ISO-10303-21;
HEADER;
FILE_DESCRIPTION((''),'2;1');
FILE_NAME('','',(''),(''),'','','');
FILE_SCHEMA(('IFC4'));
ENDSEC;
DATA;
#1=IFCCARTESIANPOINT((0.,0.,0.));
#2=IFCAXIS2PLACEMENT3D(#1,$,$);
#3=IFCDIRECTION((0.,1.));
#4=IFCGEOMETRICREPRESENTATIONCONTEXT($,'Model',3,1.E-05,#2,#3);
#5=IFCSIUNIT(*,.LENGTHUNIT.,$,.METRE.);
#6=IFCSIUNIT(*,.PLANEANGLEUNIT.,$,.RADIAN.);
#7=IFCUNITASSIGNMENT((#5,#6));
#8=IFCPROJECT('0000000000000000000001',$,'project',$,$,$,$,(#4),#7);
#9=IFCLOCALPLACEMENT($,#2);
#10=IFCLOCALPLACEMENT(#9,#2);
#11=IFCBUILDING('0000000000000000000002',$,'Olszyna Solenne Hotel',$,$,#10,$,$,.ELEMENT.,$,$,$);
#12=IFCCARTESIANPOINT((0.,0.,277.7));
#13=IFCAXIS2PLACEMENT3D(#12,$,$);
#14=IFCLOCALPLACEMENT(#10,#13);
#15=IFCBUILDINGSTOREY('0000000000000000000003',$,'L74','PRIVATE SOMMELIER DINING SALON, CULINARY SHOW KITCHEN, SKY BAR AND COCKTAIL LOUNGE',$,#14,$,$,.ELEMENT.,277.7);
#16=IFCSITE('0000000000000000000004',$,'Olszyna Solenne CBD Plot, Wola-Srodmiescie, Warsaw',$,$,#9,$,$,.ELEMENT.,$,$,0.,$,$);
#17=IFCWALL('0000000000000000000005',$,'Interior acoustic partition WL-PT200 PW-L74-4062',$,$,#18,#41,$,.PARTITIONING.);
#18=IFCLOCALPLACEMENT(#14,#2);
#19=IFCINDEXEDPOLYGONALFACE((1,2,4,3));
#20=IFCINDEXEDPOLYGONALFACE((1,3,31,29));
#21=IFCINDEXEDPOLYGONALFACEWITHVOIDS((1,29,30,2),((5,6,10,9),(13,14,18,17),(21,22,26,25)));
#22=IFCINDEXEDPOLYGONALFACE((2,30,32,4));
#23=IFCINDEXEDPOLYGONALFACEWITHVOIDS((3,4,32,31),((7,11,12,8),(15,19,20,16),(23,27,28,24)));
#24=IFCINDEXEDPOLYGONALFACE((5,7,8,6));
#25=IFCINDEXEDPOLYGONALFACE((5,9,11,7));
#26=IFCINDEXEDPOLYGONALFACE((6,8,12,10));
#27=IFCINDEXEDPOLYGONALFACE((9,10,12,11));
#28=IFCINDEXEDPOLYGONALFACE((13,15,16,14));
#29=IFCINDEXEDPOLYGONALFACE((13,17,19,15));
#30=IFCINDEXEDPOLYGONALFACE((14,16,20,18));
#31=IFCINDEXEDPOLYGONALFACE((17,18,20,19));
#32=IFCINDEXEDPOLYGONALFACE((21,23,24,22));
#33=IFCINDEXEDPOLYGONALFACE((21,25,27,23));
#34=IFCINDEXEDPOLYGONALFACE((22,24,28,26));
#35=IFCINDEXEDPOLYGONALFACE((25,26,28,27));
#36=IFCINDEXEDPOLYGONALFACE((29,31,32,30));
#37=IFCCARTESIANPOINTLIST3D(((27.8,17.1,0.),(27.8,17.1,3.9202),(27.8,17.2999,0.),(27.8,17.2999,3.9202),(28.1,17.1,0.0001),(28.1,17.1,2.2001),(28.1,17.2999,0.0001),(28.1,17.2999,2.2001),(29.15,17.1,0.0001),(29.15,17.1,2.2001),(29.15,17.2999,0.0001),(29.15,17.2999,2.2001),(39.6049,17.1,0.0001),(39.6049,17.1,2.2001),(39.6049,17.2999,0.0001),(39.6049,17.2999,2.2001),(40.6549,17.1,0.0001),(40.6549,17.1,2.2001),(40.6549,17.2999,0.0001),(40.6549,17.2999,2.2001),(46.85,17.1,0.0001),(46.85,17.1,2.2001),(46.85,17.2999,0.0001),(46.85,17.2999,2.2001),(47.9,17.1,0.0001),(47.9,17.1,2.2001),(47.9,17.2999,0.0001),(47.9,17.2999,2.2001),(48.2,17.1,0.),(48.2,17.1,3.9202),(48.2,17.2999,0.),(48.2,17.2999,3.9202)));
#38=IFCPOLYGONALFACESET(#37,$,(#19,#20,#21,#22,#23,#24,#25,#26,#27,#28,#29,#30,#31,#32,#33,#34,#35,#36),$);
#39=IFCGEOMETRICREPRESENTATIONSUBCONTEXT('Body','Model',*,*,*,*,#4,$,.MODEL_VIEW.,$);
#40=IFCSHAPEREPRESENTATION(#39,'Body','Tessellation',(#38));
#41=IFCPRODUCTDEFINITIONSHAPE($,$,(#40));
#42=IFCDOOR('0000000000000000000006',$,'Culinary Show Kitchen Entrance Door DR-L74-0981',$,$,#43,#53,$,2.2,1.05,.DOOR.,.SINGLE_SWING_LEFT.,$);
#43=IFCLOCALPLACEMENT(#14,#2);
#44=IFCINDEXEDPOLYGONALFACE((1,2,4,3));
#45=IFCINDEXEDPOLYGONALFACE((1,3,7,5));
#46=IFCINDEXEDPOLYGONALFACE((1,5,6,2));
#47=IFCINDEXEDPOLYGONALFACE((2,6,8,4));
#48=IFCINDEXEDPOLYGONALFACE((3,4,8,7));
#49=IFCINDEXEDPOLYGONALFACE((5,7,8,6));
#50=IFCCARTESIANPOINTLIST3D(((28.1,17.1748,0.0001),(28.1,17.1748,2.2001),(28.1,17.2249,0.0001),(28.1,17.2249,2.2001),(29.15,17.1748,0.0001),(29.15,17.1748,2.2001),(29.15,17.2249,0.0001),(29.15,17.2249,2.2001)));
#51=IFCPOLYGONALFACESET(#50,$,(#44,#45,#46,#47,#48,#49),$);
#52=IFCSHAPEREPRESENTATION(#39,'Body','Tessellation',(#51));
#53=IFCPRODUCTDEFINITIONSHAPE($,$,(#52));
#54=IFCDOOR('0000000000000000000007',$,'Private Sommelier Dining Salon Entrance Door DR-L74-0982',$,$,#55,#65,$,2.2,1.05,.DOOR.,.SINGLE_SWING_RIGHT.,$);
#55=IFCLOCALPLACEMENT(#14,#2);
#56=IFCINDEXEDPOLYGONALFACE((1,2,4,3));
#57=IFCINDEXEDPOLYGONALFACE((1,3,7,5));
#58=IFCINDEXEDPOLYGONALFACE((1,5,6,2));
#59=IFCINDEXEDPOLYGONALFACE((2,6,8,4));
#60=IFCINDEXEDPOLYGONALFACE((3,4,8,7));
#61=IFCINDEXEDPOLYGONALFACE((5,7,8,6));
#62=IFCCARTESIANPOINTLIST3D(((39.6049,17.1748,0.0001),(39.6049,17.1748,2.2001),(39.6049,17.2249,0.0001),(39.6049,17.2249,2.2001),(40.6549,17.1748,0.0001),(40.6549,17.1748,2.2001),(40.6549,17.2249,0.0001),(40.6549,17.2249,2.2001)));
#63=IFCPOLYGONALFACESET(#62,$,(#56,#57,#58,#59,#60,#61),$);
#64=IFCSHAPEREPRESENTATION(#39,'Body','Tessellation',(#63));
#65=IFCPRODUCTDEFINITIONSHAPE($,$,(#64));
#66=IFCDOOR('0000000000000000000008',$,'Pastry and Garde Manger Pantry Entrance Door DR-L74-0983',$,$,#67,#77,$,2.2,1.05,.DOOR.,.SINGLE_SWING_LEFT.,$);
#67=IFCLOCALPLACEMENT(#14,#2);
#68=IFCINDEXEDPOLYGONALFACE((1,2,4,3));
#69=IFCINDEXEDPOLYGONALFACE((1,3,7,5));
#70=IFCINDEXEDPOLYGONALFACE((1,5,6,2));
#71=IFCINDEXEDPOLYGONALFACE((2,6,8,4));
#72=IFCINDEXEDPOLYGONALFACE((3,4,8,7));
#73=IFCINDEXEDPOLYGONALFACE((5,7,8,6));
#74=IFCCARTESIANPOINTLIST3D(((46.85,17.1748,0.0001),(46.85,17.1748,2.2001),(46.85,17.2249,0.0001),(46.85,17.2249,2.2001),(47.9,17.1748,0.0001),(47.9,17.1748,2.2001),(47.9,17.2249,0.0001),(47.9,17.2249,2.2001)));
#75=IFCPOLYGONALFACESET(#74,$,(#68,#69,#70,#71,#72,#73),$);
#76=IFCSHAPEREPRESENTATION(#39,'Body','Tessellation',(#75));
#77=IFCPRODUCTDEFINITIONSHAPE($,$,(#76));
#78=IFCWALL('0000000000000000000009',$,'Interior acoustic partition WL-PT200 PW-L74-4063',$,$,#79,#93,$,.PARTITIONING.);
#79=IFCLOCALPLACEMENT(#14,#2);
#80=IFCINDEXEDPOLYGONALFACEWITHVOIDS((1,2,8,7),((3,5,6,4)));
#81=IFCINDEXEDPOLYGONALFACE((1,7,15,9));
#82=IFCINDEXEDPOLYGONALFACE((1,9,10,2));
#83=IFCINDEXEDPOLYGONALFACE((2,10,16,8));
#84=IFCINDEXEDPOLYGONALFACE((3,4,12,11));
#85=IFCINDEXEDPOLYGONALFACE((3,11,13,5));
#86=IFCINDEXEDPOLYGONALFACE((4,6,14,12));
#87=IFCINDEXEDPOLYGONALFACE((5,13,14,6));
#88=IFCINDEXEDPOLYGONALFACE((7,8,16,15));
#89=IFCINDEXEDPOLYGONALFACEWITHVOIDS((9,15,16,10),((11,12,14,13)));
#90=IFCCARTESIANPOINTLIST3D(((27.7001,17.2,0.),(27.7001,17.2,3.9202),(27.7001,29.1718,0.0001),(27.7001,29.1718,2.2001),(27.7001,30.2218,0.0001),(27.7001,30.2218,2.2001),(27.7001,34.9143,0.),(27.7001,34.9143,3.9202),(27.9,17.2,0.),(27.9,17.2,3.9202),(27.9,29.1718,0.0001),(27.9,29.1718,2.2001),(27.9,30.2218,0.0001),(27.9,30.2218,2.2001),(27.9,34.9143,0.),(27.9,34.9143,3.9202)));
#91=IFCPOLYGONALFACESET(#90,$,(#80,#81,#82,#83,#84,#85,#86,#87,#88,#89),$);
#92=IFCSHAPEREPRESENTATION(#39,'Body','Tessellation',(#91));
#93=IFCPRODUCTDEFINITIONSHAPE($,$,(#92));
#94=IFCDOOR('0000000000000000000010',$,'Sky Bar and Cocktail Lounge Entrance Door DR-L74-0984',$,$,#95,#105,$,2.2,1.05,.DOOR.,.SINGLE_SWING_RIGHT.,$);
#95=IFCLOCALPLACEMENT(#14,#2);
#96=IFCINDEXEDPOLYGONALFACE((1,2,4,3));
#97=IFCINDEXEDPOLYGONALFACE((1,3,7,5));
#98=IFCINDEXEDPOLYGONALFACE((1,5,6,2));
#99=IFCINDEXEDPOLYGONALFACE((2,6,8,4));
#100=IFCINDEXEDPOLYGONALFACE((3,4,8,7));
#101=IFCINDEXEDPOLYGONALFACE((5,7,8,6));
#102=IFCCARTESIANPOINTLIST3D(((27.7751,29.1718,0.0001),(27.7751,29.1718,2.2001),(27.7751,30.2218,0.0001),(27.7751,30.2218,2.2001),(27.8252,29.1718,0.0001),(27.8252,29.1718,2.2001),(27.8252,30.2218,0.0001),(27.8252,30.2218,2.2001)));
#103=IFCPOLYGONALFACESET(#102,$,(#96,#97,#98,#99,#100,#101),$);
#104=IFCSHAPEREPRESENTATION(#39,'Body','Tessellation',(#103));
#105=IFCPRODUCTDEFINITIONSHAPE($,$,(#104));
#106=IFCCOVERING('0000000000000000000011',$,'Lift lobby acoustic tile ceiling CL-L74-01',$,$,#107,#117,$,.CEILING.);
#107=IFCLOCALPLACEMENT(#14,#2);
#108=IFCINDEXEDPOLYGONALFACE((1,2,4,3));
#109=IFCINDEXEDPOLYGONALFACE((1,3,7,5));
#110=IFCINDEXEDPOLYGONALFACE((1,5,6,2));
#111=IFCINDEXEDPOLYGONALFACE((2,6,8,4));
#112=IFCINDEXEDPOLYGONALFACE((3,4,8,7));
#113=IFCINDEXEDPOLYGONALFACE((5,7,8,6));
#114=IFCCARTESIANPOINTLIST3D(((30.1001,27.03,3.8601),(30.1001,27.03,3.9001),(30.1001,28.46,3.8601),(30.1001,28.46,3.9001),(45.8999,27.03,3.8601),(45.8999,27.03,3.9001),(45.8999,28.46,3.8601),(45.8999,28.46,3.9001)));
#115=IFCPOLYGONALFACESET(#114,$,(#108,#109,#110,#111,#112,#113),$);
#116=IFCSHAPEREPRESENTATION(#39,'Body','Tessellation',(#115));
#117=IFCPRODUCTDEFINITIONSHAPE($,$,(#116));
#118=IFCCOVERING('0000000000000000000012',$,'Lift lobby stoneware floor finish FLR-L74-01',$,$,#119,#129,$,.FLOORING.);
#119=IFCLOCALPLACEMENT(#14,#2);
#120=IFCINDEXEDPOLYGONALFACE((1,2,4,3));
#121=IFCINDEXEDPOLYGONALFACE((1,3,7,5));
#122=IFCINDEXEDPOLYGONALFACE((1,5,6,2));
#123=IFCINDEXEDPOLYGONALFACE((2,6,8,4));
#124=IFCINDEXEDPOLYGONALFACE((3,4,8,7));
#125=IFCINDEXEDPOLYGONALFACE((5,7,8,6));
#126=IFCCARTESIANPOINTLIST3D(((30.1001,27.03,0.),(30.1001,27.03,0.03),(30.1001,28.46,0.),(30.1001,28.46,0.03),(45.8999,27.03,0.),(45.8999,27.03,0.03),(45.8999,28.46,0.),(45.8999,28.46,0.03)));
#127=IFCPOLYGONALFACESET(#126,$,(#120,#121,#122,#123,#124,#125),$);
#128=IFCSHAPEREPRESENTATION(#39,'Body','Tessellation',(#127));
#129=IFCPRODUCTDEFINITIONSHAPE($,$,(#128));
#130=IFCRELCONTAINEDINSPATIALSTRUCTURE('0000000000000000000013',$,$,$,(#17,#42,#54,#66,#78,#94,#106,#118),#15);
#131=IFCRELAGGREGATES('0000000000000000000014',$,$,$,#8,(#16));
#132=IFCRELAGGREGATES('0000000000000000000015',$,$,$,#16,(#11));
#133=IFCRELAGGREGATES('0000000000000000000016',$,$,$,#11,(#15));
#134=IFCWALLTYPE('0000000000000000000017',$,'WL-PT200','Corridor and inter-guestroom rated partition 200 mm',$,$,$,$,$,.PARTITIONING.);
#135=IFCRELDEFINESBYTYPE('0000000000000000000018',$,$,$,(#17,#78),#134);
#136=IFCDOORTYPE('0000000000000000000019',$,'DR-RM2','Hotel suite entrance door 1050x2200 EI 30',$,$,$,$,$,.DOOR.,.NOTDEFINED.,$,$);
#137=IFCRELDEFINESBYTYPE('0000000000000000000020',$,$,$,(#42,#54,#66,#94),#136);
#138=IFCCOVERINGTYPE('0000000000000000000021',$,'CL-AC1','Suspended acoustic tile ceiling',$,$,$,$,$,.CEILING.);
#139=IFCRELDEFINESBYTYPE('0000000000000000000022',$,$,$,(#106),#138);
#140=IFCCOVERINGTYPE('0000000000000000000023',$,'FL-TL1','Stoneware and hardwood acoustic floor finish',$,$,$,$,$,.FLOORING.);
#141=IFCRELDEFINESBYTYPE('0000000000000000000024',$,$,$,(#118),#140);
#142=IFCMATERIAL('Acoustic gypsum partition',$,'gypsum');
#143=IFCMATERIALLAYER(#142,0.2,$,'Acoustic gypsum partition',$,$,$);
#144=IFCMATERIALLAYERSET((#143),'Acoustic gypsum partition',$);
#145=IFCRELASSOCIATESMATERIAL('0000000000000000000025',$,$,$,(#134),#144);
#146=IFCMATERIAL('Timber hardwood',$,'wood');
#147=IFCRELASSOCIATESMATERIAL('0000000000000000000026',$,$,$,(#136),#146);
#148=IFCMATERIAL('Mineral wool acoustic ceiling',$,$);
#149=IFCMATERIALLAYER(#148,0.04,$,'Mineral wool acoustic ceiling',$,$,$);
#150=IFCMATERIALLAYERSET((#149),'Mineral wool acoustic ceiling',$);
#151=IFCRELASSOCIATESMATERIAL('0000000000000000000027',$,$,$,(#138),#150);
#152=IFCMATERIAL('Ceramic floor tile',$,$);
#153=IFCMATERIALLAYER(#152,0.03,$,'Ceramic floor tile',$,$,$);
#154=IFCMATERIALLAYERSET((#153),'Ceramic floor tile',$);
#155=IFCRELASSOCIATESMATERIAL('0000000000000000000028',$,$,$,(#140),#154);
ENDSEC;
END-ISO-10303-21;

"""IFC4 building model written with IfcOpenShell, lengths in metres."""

from ifc_helpers import new_model, si_unit, direction, frame, frame_2d, origin, place, context, subcontext, project, spatial, polyline, rectangle, outline, extrude, source, transform, mapped, material, layer, layer_set, type_object, type_shapes, element, fill, save


model = new_model("IFC4")

# Units and contexts
model_context = context("Model", 3, precision=1e-05, world=origin(), true_north=direction((0.0, 1.0)))
body_context = subcontext(model_context, "Body", "Model", "MODEL_VIEW")
ifc_project = project(units=[si_unit("LENGTHUNIT", "METRE"), si_unit("PLANEANGLEUNIT", "RADIAN")], contexts=[model_context])

# Site, building, storey
site_placement = place(None, origin())
site = spatial("IfcSite", under=ifc_project, at=site_placement, Name="Olszyna Solenne CBD Plot, Wola-Srodmiescie, Warsaw", CompositionType="ELEMENT", RefElevation=0.0)
building_placement = place(site_placement, origin())
building = spatial("IfcBuilding", under=site, at=building_placement, Name="Olszyna Solenne Hotel", CompositionType="ELEMENT")
storey_placement = place(building_placement, frame((0.0, 0.0, 277.7)))
storey = spatial("IfcBuildingStorey", under=building, at=storey_placement, Name="L74", Description="PRIVATE SOMMELIER DINING SALON, CULINARY SHOW KITCHEN, SKY BAR AND COCKTAIL LOUNGE", CompositionType="ELEMENT", Elevation=277.7)

# Shared definitions
ifc_material_1 = material(Name="Timber hardwood", Category="wood")

# Wall, openings, doors
ifc_material_2 = material(Name="Acoustic gypsum partition", Category="gypsum")
ifc_layer_1 = layer(ifc_material_2, 0.2, Name="Acoustic gypsum partition")
ifc_layer_set_1 = layer_set([ifc_layer_1], Name="Acoustic gypsum partition")
wall_type_1 = type_object("IfcWallType", Name="WL-PT200", Description="Corridor and inter-guestroom rated partition 200 mm", PredefinedType="PARTITIONING", material=ifc_layer_set_1)
wall_1_placement = place(storey_placement, frame((27.8, 17.2, 0.0), z_axis=(0.0, 0.0, 1.0), x_axis=(1.0, 0.0, 0.0)))
wall_1 = element("IfcWall", 1, at=wall_1_placement, inside=storey, type_object=wall_type_1, Name="Interior acoustic partition WL-PT200 PW-L74-4062", PredefinedType="PARTITIONING", context=body_context, shape_type="SweptSolid", body=[
    extrude(rectangle(XDim=20.3999, YDim=0.2, at=frame_2d((10.2, 0.0))), origin(), (0.0, 0.0, 1.0), 3.9202),
])
opening_1_placement = place(wall_1_placement, frame((0.3, 0.0, 0.0)))
opening_1 = element("IfcOpeningElement", 2, at=opening_1_placement, cuts=wall_1, PredefinedType="OPENING", context=body_context, shape_type="SweptSolid", body=[
    extrude(rectangle(XDim=1.05, YDim=2.2, at=frame_2d((0.5249, 1.1001))), frame((0.0, 0.1099, 0.0), z_axis=(0.0, -1.0, 0.0), x_axis=(1.0, 0.0, 0.0)), (0.0, 0.0, 1.0), 0.22),
])
opening_2_placement = place(wall_1_placement, frame((11.8049, 0.0, 0.0)))
opening_2 = element("IfcOpeningElement", 3, at=opening_2_placement, cuts=wall_1, PredefinedType="OPENING", context=body_context, shape_type="SweptSolid", body=[
    extrude(rectangle(XDim=1.05, YDim=2.2, at=frame_2d((0.5249, 1.1001))), frame((0.0, 0.1099, 0.0), z_axis=(0.0, -1.0, 0.0), x_axis=(1.0, 0.0, 0.0)), (0.0, 0.0, 1.0), 0.22),
])
opening_3_placement = place(wall_1_placement, frame((19.05, 0.0, 0.0)))
opening_3 = element("IfcOpeningElement", 4, at=opening_3_placement, cuts=wall_1, PredefinedType="OPENING", context=body_context, shape_type="SweptSolid", body=[
    extrude(rectangle(XDim=1.05, YDim=2.2, at=frame_2d((0.5249, 1.1001))), frame((0.0, 0.1099, 0.0), z_axis=(0.0, -1.0, 0.0), x_axis=(1.0, 0.0, 0.0)), (0.0, 0.0, 1.0), 0.22),
])
door_type_1 = type_object("IfcDoorType", Name="DR-RM2", Description="Hotel suite entrance door 1050x2200 EI 30", OperationType="NOTDEFINED", PredefinedType="DOOR", material=ifc_material_1)
shared_shape_1 = source(origin(), body_context, "Body", "SweptSolid", [
    extrude(rectangle(XDim=1.05, YDim=2.2, at=frame_2d((0.5249, 1.1001))), frame((0.0, 0.0249, 0.0), z_axis=(0.0, -1.0, 0.0), x_axis=(1.0, 0.0, 0.0)), (0.0, 0.0, 1.0), 0.05),
])
type_shapes(door_type_1, [shared_shape_1])
door_1_placement = place(opening_1_placement, origin())
door_1 = element("IfcDoor", 5, at=door_1_placement, inside=storey, type_object=door_type_1, Name="Culinary Show Kitchen Entrance Door DR-L74-0981", OperationType="SINGLE_SWING_LEFT", OverallHeight=2.2, OverallWidth=1.05, PredefinedType="DOOR", context=body_context, shape_type="MappedRepresentation", body=[
    mapped(shared_shape_1, transform((0.0, 0.0, 0.0), x_axis=(1.0, 0.0, 0.0), y_axis=(0.0, 1.0, 0.0), z_axis=(0.0, 0.0, 1.0), scale=1.0)),
])
fill(opening_1, door_1)
door_2_placement = place(opening_2_placement, origin())
door_2 = element("IfcDoor", 6, at=door_2_placement, inside=storey, type_object=door_type_1, Name="Private Sommelier Dining Salon Entrance Door DR-L74-0982", OperationType="SINGLE_SWING_RIGHT", OverallHeight=2.2, OverallWidth=1.05, PredefinedType="DOOR", context=body_context, shape_type="MappedRepresentation", body=[
    mapped(shared_shape_1, transform((0.0, 0.0, 0.0), x_axis=(1.0, 0.0, 0.0), y_axis=(0.0, 1.0, 0.0), z_axis=(0.0, 0.0, 1.0), scale=1.0)),
])
fill(opening_2, door_2)
door_3_placement = place(opening_3_placement, origin())
door_3 = element("IfcDoor", 7, at=door_3_placement, inside=storey, type_object=door_type_1, Name="Pastry and Garde Manger Pantry Entrance Door DR-L74-0983", OperationType="SINGLE_SWING_LEFT", OverallHeight=2.2, OverallWidth=1.05, PredefinedType="DOOR", context=body_context, shape_type="MappedRepresentation", body=[
    mapped(shared_shape_1, transform((0.0, 0.0, 0.0), x_axis=(1.0, 0.0, 0.0), y_axis=(0.0, 1.0, 0.0), z_axis=(0.0, 0.0, 1.0), scale=1.0)),
])
fill(opening_3, door_3)

# Wall, opening, door
wall_2_placement = place(storey_placement, frame((27.8, 17.2, 0.0), z_axis=(0.0, 0.0, 1.0), x_axis=(0.0, 1.0, 0.0)))
wall_2 = element("IfcWall", 8, at=wall_2_placement, inside=storey, type_object=wall_type_1, Name="Interior acoustic partition WL-PT200 PW-L74-4063", PredefinedType="PARTITIONING", context=body_context, shape_type="SweptSolid", body=[
    extrude(rectangle(XDim=17.7144, YDim=0.2, at=frame_2d((8.8572, 0.0))), origin(), (0.0, 0.0, 1.0), 3.9202),
])
opening_4_placement = place(wall_2_placement, frame((11.9719, 0.0, 0.0)))
opening_4 = element("IfcOpeningElement", 9, at=opening_4_placement, cuts=wall_2, PredefinedType="OPENING", context=body_context, shape_type="SweptSolid", body=[
    extrude(rectangle(XDim=1.05, YDim=2.2, at=frame_2d((0.5249, 1.1001))), frame((0.0, 0.1099, 0.0), z_axis=(0.0, -1.0, 0.0), x_axis=(1.0, 0.0, 0.0)), (0.0, 0.0, 1.0), 0.22),
])
door_4_placement = place(opening_4_placement, origin())
door_4 = element("IfcDoor", 10, at=door_4_placement, inside=storey, type_object=door_type_1, Name="Sky Bar and Cocktail Lounge Entrance Door DR-L74-0984", OperationType="SINGLE_SWING_RIGHT", OverallHeight=2.2, OverallWidth=1.05, PredefinedType="DOOR", context=body_context, shape_type="MappedRepresentation", body=[
    mapped(shared_shape_1, transform((0.0, 0.0, 0.0), x_axis=(1.0, 0.0, 0.0), y_axis=(0.0, 1.0, 0.0), z_axis=(0.0, 0.0, 1.0), scale=1.0)),
])
fill(opening_4, door_4)

# Coverings
ifc_material_3 = material(Name="Mineral wool acoustic ceiling")
ifc_layer_2 = layer(ifc_material_3, 0.04, Name="Mineral wool acoustic ceiling")
ifc_layer_set_2 = layer_set([ifc_layer_2], Name="Mineral wool acoustic ceiling")
covering_type_1 = type_object("IfcCoveringType", Name="CL-AC1", Description="Suspended acoustic tile ceiling", PredefinedType="CEILING", material=ifc_layer_set_2)
covering_1_placement = place(storey_placement, frame((0.0, 0.0, 3.8601)))
element("IfcCovering", 11, at=covering_1_placement, inside=storey, type_object=covering_type_1, Name="Lift lobby acoustic tile ceiling CL-L74-01", PredefinedType="CEILING", context=body_context, shape_type="SweptSolid", body=[
    extrude(outline(polyline([(30.1001, 27.03), (45.8999, 27.03), (45.8999, 28.46), (30.1001, 28.46), (30.1001, 27.03)])), origin(), (0.0, 0.0, 1.0), 0.04),
])
ifc_material_4 = material(Name="Ceramic floor tile")
ifc_layer_3 = layer(ifc_material_4, 0.03, Name="Ceramic floor tile")
ifc_layer_set_3 = layer_set([ifc_layer_3], Name="Ceramic floor tile")
covering_type_2 = type_object("IfcCoveringType", Name="FL-TL1", Description="Stoneware and hardwood acoustic floor finish", PredefinedType="FLOORING", material=ifc_layer_set_3)
covering_2_placement = place(storey_placement, origin())
element("IfcCovering", 12, at=covering_2_placement, inside=storey, type_object=covering_type_2, Name="Lift lobby stoneware floor finish FLR-L74-01", PredefinedType="FLOORING", context=body_context, shape_type="SweptSolid", body=[
    extrude(outline(polyline([(30.1001, 27.03), (45.8999, 27.03), (45.8999, 28.46), (30.1001, 28.46), (30.1001, 27.03)])), origin(), (0.0, 0.0, 1.0), 0.03),
])

save(model, "model.ifc")
